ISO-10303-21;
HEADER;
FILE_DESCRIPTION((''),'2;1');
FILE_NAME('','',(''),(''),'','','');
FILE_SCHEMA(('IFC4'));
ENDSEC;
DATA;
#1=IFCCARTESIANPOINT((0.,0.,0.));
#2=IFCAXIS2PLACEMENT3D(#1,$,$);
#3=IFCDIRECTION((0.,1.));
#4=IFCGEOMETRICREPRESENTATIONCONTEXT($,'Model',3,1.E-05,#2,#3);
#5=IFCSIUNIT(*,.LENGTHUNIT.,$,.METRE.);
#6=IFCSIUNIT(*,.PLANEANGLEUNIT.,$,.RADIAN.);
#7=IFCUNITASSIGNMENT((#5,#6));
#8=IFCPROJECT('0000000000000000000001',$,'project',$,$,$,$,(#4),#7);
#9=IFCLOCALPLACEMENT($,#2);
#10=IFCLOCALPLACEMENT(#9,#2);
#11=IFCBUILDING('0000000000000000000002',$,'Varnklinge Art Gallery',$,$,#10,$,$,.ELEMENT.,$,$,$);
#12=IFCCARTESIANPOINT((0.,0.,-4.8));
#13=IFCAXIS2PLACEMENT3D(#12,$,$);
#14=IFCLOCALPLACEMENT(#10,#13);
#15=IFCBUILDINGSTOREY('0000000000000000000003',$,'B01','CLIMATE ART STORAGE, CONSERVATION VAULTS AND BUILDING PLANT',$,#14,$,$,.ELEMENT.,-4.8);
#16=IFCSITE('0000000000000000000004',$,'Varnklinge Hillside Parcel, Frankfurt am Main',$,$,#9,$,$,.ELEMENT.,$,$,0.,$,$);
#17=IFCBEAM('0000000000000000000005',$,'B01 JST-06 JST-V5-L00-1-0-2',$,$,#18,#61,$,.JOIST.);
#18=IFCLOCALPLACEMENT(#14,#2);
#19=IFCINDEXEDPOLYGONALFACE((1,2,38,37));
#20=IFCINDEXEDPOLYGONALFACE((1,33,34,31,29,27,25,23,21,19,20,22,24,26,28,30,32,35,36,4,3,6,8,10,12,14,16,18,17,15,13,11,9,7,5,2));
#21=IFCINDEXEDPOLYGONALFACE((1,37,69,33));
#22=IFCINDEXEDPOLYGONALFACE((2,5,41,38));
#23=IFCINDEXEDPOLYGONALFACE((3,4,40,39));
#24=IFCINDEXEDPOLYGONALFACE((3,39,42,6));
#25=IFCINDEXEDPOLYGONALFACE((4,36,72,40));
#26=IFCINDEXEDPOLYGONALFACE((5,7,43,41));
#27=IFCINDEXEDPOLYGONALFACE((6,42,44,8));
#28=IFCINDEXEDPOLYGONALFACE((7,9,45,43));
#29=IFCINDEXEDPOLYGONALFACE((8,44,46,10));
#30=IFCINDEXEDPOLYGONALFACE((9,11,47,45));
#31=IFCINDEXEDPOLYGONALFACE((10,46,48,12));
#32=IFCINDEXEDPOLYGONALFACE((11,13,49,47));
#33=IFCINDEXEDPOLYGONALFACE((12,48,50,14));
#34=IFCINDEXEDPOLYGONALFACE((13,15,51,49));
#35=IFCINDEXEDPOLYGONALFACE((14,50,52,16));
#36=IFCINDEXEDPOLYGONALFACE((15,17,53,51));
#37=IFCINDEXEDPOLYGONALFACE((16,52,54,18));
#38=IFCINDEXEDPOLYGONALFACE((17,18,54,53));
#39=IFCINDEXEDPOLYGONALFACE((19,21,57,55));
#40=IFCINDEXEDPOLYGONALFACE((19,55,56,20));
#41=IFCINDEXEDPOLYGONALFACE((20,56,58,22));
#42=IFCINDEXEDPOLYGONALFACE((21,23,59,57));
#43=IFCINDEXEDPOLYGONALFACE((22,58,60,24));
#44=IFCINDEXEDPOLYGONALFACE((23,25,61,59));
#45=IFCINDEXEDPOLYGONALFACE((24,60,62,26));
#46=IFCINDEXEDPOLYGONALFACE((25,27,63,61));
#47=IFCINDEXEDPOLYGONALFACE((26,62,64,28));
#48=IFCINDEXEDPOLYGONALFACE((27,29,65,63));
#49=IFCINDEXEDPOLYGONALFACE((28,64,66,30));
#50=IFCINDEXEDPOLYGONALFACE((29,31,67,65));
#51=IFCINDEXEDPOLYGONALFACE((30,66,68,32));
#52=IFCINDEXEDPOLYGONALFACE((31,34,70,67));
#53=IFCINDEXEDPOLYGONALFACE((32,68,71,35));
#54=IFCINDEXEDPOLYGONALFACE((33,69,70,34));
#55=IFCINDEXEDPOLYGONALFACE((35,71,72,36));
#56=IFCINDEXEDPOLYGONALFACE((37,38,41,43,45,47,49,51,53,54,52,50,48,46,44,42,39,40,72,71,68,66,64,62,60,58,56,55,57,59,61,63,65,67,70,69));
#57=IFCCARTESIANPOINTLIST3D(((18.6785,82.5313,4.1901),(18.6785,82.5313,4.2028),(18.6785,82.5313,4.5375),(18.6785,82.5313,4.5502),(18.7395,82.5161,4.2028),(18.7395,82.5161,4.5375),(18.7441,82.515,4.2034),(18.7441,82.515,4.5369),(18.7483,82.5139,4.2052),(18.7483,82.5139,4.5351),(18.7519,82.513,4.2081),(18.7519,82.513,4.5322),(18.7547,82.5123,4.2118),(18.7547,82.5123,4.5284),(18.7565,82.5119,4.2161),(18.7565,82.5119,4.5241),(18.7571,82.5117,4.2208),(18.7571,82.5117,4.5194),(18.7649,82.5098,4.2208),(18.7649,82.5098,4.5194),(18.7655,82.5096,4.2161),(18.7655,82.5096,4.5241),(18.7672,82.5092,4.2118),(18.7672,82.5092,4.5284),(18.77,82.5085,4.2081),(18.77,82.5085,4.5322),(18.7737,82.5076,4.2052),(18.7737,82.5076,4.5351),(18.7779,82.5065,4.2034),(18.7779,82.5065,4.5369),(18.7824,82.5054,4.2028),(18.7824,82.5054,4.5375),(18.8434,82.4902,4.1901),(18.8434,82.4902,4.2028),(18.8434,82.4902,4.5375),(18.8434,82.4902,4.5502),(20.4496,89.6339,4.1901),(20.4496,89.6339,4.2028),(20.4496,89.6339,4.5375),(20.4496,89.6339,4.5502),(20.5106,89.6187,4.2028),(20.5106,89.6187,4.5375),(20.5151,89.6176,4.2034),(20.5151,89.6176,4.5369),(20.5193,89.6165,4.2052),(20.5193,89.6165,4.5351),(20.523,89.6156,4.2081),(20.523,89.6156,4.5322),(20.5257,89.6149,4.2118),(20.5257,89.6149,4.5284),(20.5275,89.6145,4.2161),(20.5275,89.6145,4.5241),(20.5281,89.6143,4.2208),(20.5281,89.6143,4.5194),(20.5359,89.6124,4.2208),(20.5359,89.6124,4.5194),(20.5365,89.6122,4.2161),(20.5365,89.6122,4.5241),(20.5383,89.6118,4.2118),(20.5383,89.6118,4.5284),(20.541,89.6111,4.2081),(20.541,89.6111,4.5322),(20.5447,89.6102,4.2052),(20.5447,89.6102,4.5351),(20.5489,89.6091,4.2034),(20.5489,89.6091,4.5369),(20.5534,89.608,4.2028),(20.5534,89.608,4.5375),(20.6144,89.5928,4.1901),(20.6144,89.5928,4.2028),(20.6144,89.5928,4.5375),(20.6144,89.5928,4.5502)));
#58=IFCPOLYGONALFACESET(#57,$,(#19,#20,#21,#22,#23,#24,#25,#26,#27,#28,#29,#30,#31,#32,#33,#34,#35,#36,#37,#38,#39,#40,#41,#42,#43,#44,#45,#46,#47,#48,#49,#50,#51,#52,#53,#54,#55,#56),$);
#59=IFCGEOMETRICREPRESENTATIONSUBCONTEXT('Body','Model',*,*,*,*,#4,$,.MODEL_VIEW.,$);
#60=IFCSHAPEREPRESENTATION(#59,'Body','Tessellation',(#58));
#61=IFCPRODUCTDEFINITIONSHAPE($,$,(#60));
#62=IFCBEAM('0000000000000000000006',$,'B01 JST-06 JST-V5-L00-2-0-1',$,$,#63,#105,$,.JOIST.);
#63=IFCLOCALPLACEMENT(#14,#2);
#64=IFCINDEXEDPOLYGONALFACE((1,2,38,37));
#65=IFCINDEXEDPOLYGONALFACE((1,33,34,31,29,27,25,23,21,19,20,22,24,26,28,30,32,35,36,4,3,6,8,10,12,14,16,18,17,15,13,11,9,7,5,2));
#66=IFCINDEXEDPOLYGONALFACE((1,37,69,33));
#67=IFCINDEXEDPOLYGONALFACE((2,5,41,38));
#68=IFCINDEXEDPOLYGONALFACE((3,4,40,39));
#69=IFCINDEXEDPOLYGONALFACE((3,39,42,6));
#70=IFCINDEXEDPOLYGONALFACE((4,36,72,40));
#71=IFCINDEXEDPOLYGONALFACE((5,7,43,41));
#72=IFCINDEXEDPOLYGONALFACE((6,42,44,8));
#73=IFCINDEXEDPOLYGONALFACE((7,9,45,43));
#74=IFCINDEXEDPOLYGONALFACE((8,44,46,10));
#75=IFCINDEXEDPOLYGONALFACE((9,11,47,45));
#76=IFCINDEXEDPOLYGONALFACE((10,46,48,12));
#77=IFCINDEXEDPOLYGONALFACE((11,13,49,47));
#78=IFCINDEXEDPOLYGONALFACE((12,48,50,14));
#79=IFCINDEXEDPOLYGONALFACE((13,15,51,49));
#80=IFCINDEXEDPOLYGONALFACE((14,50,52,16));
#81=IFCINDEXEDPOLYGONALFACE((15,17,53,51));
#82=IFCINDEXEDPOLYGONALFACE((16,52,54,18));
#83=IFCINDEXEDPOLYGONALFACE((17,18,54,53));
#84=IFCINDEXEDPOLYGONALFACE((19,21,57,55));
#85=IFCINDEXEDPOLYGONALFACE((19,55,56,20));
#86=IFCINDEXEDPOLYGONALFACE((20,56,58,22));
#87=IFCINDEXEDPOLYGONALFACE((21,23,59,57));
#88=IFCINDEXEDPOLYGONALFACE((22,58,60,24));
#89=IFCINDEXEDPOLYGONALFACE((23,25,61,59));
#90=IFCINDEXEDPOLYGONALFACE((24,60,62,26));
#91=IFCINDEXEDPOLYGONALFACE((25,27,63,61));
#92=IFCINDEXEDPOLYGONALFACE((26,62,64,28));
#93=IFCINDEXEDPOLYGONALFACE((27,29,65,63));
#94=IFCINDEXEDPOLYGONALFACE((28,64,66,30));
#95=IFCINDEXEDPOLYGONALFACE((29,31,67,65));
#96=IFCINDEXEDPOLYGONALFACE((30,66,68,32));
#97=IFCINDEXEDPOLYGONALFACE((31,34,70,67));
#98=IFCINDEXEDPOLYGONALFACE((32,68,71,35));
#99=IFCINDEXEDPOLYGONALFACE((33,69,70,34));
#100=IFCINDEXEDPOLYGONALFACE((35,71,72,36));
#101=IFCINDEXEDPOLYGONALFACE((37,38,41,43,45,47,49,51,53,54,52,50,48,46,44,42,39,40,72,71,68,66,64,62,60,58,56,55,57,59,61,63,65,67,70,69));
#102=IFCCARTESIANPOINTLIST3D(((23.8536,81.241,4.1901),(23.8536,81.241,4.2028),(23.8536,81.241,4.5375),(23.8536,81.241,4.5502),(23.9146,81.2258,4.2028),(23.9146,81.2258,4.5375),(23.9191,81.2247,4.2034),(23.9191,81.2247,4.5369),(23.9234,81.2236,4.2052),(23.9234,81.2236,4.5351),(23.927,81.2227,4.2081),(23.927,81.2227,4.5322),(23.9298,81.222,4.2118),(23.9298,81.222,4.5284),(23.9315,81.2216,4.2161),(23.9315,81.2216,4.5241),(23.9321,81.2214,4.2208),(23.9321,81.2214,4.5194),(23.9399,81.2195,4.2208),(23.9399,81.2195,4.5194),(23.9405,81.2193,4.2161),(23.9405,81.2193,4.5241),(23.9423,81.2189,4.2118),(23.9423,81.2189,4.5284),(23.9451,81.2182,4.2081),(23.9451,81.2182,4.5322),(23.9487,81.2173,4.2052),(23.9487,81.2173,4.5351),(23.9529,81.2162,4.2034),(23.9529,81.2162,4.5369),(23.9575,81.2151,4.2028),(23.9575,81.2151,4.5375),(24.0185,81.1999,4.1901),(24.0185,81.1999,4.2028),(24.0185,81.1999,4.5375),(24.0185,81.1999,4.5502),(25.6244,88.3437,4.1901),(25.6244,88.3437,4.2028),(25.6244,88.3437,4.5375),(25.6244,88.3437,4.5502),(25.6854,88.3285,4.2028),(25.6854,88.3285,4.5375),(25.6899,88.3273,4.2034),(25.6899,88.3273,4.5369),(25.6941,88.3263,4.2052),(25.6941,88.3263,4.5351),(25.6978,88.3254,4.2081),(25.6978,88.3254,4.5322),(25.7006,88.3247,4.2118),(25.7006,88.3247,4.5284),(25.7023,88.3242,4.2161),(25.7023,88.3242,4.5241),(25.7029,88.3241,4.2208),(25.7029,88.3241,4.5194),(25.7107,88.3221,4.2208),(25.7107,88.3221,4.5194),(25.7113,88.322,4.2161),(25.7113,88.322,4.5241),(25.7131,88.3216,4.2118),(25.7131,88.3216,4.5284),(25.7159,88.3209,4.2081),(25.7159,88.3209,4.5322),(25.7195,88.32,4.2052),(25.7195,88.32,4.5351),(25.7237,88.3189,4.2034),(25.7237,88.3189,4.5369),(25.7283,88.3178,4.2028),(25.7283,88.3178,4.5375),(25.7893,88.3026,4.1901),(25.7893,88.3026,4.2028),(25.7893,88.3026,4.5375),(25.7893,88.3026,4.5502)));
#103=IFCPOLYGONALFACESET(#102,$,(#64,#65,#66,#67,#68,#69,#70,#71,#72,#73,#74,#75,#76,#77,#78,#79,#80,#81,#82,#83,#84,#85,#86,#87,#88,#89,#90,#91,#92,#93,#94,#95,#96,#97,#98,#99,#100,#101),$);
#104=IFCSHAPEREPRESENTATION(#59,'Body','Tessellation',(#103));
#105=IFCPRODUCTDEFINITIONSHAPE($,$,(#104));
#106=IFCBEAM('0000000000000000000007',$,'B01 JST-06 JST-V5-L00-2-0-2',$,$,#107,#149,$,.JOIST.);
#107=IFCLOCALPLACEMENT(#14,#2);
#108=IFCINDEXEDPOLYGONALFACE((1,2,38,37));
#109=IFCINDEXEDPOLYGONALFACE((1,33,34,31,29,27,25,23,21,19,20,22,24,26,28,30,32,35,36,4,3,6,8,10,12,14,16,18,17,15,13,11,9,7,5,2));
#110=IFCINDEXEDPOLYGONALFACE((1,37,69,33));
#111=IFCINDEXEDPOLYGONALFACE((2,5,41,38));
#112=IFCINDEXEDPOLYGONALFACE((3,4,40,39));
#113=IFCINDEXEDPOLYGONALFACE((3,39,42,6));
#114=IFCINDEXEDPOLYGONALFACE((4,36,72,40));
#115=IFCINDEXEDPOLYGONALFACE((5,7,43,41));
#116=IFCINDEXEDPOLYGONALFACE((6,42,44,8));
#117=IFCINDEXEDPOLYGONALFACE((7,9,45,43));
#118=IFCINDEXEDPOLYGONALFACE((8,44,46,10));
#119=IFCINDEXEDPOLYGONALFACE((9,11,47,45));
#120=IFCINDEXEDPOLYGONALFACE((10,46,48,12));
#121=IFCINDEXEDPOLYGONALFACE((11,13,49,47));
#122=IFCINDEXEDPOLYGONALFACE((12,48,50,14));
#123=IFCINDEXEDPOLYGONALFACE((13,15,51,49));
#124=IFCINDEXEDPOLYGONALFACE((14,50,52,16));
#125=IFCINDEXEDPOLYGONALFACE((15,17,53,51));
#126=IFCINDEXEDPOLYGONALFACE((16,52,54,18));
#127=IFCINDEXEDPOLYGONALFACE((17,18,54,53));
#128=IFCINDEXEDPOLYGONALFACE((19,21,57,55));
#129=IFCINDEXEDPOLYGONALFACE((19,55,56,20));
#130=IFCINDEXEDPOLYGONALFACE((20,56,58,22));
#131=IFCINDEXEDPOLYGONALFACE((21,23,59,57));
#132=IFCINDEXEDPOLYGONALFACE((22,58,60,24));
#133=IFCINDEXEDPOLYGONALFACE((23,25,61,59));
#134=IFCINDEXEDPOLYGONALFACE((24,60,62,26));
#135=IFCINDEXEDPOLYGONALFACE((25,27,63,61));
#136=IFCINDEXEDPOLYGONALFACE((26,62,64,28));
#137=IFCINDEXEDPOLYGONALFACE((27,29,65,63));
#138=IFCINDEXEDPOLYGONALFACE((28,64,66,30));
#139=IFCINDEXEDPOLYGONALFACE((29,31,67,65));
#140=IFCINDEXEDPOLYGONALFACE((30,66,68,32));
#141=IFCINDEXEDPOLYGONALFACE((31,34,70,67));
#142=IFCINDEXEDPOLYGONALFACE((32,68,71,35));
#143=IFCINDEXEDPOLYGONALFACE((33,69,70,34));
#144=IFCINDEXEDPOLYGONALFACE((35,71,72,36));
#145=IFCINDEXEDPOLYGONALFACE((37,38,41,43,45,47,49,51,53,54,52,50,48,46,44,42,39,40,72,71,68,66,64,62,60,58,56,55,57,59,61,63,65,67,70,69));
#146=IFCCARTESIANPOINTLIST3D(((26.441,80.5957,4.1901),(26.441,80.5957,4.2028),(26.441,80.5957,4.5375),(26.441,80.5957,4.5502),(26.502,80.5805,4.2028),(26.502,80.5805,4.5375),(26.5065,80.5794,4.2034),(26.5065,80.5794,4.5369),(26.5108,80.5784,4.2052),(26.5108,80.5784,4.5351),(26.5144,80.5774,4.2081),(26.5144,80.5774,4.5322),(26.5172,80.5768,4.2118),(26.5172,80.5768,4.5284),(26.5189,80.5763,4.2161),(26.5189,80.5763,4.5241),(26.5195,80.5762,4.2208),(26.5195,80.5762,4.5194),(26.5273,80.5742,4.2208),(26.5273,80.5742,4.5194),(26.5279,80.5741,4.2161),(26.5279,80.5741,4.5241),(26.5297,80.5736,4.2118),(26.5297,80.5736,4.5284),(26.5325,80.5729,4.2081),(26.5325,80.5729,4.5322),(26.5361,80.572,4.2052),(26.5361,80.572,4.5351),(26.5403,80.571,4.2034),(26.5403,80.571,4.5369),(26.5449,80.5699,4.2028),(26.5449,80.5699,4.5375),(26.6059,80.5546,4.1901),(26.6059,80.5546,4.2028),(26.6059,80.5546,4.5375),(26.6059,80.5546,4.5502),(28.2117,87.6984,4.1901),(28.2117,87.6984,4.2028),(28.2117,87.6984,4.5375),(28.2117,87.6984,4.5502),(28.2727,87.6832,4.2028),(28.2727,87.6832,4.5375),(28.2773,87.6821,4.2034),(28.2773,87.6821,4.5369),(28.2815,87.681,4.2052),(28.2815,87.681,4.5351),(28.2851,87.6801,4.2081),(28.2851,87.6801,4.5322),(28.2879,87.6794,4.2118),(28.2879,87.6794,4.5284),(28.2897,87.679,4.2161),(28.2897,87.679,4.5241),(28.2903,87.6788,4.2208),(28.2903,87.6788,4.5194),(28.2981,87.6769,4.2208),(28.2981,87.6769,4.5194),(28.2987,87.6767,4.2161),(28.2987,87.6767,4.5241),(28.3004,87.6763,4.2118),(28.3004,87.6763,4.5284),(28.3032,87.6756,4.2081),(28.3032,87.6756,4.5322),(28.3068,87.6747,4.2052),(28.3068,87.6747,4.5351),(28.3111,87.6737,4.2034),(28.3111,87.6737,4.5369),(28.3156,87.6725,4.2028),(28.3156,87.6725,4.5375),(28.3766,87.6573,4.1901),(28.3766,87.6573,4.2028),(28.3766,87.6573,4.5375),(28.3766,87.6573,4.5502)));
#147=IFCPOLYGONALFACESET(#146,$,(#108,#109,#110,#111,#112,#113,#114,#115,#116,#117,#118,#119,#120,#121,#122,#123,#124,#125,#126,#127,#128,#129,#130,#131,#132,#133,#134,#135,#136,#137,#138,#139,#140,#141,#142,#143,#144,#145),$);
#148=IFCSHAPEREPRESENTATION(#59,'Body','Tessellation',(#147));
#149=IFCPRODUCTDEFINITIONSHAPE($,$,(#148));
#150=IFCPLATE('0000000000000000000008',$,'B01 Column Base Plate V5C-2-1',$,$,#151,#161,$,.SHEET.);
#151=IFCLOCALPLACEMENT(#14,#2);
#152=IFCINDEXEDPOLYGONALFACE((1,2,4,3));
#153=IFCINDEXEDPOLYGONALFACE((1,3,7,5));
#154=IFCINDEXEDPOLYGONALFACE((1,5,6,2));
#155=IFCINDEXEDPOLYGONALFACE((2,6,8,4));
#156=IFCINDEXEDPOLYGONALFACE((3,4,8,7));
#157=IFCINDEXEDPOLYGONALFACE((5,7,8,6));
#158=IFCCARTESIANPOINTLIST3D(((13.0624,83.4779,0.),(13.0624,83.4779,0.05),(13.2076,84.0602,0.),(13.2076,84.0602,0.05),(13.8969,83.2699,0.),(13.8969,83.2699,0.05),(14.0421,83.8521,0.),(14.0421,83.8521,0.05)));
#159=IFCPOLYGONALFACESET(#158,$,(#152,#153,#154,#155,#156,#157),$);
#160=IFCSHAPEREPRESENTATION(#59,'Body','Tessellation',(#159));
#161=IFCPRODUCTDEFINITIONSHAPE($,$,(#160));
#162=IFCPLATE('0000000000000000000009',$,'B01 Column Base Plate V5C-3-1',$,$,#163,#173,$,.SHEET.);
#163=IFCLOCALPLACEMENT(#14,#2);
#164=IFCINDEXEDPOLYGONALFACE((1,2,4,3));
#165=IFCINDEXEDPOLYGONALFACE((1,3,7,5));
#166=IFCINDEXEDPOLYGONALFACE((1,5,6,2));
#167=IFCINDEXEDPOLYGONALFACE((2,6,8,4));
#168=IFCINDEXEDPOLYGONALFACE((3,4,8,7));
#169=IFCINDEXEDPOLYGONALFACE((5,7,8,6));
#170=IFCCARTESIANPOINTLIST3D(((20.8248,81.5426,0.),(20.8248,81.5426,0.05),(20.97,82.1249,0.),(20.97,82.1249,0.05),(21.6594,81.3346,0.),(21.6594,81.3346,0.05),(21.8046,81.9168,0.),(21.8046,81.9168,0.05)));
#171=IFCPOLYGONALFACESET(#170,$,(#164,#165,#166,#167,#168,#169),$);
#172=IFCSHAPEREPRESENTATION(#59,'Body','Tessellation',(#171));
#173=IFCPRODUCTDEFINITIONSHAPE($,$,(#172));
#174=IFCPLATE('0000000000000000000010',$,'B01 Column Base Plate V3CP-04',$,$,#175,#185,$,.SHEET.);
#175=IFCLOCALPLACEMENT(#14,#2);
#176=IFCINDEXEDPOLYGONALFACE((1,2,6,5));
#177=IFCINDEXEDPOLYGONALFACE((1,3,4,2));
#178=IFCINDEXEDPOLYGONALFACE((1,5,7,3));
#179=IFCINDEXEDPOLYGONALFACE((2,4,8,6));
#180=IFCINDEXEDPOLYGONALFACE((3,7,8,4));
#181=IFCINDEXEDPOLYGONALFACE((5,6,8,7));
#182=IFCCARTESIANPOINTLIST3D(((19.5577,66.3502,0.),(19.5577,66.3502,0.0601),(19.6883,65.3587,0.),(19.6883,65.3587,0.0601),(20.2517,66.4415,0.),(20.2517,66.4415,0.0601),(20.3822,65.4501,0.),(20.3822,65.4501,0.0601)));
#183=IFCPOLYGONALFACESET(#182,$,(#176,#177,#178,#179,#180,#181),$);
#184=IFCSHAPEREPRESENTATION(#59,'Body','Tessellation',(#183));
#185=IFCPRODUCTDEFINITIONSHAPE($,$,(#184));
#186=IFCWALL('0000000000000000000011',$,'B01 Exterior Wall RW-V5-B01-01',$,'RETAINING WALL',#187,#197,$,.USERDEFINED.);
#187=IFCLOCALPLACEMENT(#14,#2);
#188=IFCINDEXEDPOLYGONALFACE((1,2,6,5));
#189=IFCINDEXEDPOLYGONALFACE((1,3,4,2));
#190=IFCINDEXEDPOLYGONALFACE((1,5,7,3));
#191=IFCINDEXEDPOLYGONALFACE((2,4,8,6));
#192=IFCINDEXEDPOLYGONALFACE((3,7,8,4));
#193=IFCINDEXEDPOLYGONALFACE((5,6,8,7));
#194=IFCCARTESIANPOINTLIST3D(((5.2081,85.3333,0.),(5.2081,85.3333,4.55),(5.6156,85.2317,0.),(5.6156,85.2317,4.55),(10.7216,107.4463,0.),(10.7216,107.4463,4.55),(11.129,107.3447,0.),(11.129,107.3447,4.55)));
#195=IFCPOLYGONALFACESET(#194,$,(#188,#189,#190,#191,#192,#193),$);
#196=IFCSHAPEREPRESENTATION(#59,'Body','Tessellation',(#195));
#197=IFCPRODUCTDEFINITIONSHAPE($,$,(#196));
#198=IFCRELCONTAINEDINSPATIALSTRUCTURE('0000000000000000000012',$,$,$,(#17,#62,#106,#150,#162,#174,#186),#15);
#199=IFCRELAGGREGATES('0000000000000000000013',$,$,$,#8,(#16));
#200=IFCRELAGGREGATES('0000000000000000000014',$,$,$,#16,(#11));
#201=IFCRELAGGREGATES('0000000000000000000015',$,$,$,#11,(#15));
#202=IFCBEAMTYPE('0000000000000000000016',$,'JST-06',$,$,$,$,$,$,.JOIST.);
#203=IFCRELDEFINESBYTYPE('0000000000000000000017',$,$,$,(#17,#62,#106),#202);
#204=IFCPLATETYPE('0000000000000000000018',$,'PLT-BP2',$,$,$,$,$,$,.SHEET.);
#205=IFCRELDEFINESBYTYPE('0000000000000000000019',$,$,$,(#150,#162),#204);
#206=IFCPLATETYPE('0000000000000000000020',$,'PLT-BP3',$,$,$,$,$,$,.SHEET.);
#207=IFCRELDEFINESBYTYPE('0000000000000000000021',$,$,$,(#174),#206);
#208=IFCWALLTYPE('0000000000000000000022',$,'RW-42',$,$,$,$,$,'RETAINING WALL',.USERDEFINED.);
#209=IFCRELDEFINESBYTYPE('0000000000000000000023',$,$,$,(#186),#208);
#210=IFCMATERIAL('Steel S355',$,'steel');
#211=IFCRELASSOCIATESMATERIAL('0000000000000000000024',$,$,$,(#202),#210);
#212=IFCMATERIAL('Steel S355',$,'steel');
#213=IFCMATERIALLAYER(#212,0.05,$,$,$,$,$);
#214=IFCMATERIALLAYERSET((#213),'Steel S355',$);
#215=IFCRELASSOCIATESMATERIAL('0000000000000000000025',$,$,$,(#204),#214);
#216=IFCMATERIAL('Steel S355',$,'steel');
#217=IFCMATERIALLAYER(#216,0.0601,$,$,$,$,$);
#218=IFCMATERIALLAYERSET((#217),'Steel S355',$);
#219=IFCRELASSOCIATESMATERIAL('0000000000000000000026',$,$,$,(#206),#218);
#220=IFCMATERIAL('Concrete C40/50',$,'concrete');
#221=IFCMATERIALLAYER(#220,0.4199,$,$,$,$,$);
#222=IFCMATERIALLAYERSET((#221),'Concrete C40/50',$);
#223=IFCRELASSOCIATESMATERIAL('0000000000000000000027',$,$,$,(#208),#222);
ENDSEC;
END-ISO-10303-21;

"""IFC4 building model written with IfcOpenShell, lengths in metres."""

from ifc_helpers import new_model, si_unit, direction, frame, frame_2d, origin, origin_2d, place, context, subcontext, project, spatial, rectangle, i_section, extrude, material, layer, layer_set, material_profile, profile_set, type_object, element, save


model = new_model("IFC4")

# Units and contexts
model_context = context("Model", 3, precision=1e-05, world=origin(), true_north=direction((0.0, 1.0)))
body_context = subcontext(model_context, "Body", "Model", "MODEL_VIEW")
ifc_project = project(units=[si_unit("LENGTHUNIT", "METRE"), si_unit("PLANEANGLEUNIT", "RADIAN")], contexts=[model_context])

# Site, building, storey
site_placement = place(None, origin())
site = spatial("IfcSite", under=ifc_project, at=site_placement, Name="Varnklinge Hillside Parcel, Frankfurt am Main", CompositionType="ELEMENT", RefElevation=0.0)
building_placement = place(site_placement, origin())
building = spatial("IfcBuilding", under=site, at=building_placement, Name="Varnklinge Art Gallery", CompositionType="ELEMENT")
storey_placement = place(building_placement, frame((0.0, 0.0, -4.8)))
storey = spatial("IfcBuildingStorey", under=building, at=storey_placement, Name="B01", Description="CLIMATE ART STORAGE, CONSERVATION VAULTS AND BUILDING PLANT", CompositionType="ELEMENT", Elevation=-4.8)

# Beams
ifc_material_1 = material(Name="Steel S355", Category="steel")
ifc_material_profile_1 = material_profile(ifc_material_1, i_section(OverallWidth=0.1699, OverallDepth=0.3601, WebThickness=0.0081, FlangeThickness=0.0127, FilletRadius=0.0181, at=origin_2d()), Name="IPE 360")
ifc_profile_set_1 = profile_set([ifc_material_profile_1], Name="Steel S355")
beam_type_1 = type_object("IfcBeamType", Name="JST-06", PredefinedType="JOIST", material=ifc_profile_set_1)
for number, where, z_axis, x_axis, name in (
    (1, (18.761, 82.5107, 4.3701), (0.241939, 0.970291, 0.0), (-0.970291, 0.241939, 0.0), "B01 JST-06 JST-V5-L00-1-0-2"),
    (2, (23.936, 81.2205, 4.3701), (0.241908, 0.970299, 0.0), (-0.970299, 0.241908, 0.0), "B01 JST-06 JST-V5-L00-2-0-1"),
    (3, (26.5234, 80.5752, 4.3701), (0.2419, 0.970301, 0.0), (-0.970301, 0.2419, 0.0), "B01 JST-06 JST-V5-L00-2-0-2"),
):
    element("IfcBeam", number, at=place(storey_placement, frame(where, z_axis=z_axis, x_axis=x_axis)), inside=storey, type_object=beam_type_1, Name=name, PredefinedType="JOIST", context=body_context, shape_type="SweptSolid", body=[
        extrude(i_section(OverallWidth=0.1699, OverallDepth=0.3601, WebThickness=0.0081, FlangeThickness=0.0127, FilletRadius=0.0181, at=origin_2d()), origin(), (0.0, 0.0, 1.0), 7.3201),
    ])

# Plates
ifc_material_2 = material(Name="Steel S355", Category="steel")
ifc_layer_1 = layer(ifc_material_2, 0.05)
ifc_layer_set_1 = layer_set([ifc_layer_1], Name="Steel S355")
plate_type_1 = type_object("IfcPlateType", Name="PLT-BP2", PredefinedType="SHEET", material=ifc_layer_set_1)
for number, where, z_axis, x_axis, name in (
    (4, (13.5522, 83.665, 0.0), (0.0, 0.0, 1.0), (0.970296, -0.241922, 0.0), "B01 Column Base Plate V5C-2-1"),
    (5, (21.3147, 81.7297, 0.0), (0.0, 0.0, 1.0), (0.970296, -0.241922, 0.0), "B01 Column Base Plate V5C-3-1"),
):
    element("IfcPlate", number, at=place(storey_placement, frame(where, z_axis=z_axis, x_axis=x_axis)), inside=storey, type_object=plate_type_1, Name=name, PredefinedType="SHEET", context=body_context, shape_type="SweptSolid", body=[
        extrude(rectangle(XDim=0.8601, YDim=0.6001, at=origin_2d()), origin(), (0.0, 0.0, 1.0), 0.05),
    ])
ifc_material_3 = material(Name="Steel S355", Category="steel")
ifc_layer_2 = layer(ifc_material_3, 0.0601)
ifc_layer_set_2 = layer_set([ifc_layer_2], Name="Steel S355")
plate_type_2 = type_object("IfcPlateType", Name="PLT-BP3", PredefinedType="SHEET", material=ifc_layer_set_2)
plate_placement = place(storey_placement, frame((19.97, 65.9001, 0.0), z_axis=(0.0, 0.0, 1.0), x_axis=(-0.130526, 0.991445, 0.0)))
element("IfcPlate", 6, at=plate_placement, inside=storey, type_object=plate_type_2, Name="B01 Column Base Plate V3CP-04", PredefinedType="SHEET", context=body_context, shape_type="SweptSolid", body=[
    extrude(rectangle(XDim=1.0, YDim=0.7, at=origin_2d()), origin(), (0.0, 0.0, 1.0), 0.0601),
])

# Wall
ifc_material_4 = material(Name="Concrete C40/50", Category="concrete")
ifc_layer_3 = layer(ifc_material_4, 0.4199)
ifc_layer_set_3 = layer_set([ifc_layer_3], Name="Concrete C40/50")
wall_type = type_object("IfcWallType", Name="RW-42", ElementType="RETAINING WALL", PredefinedType="USERDEFINED", material=ifc_layer_set_3)
wall_placement = place(storey_placement, frame((5.4119, 85.2825, 0.0), z_axis=(0.0, 0.0, 1.0), x_axis=(0.241923, 0.970295, 0.0)))
element("IfcWall", 7, at=wall_placement, inside=storey, type_object=wall_type, Name="B01 Exterior Wall RW-V5-B01-01", ObjectType="RETAINING WALL", PredefinedType="USERDEFINED", context=body_context, shape_type="SweptSolid", body=[
    extrude(rectangle(XDim=22.79, YDim=0.4199, at=frame_2d((11.395, 0.0))), origin(), (0.0, 0.0, 1.0), 4.55),
])

save(model, "model.ifc")
